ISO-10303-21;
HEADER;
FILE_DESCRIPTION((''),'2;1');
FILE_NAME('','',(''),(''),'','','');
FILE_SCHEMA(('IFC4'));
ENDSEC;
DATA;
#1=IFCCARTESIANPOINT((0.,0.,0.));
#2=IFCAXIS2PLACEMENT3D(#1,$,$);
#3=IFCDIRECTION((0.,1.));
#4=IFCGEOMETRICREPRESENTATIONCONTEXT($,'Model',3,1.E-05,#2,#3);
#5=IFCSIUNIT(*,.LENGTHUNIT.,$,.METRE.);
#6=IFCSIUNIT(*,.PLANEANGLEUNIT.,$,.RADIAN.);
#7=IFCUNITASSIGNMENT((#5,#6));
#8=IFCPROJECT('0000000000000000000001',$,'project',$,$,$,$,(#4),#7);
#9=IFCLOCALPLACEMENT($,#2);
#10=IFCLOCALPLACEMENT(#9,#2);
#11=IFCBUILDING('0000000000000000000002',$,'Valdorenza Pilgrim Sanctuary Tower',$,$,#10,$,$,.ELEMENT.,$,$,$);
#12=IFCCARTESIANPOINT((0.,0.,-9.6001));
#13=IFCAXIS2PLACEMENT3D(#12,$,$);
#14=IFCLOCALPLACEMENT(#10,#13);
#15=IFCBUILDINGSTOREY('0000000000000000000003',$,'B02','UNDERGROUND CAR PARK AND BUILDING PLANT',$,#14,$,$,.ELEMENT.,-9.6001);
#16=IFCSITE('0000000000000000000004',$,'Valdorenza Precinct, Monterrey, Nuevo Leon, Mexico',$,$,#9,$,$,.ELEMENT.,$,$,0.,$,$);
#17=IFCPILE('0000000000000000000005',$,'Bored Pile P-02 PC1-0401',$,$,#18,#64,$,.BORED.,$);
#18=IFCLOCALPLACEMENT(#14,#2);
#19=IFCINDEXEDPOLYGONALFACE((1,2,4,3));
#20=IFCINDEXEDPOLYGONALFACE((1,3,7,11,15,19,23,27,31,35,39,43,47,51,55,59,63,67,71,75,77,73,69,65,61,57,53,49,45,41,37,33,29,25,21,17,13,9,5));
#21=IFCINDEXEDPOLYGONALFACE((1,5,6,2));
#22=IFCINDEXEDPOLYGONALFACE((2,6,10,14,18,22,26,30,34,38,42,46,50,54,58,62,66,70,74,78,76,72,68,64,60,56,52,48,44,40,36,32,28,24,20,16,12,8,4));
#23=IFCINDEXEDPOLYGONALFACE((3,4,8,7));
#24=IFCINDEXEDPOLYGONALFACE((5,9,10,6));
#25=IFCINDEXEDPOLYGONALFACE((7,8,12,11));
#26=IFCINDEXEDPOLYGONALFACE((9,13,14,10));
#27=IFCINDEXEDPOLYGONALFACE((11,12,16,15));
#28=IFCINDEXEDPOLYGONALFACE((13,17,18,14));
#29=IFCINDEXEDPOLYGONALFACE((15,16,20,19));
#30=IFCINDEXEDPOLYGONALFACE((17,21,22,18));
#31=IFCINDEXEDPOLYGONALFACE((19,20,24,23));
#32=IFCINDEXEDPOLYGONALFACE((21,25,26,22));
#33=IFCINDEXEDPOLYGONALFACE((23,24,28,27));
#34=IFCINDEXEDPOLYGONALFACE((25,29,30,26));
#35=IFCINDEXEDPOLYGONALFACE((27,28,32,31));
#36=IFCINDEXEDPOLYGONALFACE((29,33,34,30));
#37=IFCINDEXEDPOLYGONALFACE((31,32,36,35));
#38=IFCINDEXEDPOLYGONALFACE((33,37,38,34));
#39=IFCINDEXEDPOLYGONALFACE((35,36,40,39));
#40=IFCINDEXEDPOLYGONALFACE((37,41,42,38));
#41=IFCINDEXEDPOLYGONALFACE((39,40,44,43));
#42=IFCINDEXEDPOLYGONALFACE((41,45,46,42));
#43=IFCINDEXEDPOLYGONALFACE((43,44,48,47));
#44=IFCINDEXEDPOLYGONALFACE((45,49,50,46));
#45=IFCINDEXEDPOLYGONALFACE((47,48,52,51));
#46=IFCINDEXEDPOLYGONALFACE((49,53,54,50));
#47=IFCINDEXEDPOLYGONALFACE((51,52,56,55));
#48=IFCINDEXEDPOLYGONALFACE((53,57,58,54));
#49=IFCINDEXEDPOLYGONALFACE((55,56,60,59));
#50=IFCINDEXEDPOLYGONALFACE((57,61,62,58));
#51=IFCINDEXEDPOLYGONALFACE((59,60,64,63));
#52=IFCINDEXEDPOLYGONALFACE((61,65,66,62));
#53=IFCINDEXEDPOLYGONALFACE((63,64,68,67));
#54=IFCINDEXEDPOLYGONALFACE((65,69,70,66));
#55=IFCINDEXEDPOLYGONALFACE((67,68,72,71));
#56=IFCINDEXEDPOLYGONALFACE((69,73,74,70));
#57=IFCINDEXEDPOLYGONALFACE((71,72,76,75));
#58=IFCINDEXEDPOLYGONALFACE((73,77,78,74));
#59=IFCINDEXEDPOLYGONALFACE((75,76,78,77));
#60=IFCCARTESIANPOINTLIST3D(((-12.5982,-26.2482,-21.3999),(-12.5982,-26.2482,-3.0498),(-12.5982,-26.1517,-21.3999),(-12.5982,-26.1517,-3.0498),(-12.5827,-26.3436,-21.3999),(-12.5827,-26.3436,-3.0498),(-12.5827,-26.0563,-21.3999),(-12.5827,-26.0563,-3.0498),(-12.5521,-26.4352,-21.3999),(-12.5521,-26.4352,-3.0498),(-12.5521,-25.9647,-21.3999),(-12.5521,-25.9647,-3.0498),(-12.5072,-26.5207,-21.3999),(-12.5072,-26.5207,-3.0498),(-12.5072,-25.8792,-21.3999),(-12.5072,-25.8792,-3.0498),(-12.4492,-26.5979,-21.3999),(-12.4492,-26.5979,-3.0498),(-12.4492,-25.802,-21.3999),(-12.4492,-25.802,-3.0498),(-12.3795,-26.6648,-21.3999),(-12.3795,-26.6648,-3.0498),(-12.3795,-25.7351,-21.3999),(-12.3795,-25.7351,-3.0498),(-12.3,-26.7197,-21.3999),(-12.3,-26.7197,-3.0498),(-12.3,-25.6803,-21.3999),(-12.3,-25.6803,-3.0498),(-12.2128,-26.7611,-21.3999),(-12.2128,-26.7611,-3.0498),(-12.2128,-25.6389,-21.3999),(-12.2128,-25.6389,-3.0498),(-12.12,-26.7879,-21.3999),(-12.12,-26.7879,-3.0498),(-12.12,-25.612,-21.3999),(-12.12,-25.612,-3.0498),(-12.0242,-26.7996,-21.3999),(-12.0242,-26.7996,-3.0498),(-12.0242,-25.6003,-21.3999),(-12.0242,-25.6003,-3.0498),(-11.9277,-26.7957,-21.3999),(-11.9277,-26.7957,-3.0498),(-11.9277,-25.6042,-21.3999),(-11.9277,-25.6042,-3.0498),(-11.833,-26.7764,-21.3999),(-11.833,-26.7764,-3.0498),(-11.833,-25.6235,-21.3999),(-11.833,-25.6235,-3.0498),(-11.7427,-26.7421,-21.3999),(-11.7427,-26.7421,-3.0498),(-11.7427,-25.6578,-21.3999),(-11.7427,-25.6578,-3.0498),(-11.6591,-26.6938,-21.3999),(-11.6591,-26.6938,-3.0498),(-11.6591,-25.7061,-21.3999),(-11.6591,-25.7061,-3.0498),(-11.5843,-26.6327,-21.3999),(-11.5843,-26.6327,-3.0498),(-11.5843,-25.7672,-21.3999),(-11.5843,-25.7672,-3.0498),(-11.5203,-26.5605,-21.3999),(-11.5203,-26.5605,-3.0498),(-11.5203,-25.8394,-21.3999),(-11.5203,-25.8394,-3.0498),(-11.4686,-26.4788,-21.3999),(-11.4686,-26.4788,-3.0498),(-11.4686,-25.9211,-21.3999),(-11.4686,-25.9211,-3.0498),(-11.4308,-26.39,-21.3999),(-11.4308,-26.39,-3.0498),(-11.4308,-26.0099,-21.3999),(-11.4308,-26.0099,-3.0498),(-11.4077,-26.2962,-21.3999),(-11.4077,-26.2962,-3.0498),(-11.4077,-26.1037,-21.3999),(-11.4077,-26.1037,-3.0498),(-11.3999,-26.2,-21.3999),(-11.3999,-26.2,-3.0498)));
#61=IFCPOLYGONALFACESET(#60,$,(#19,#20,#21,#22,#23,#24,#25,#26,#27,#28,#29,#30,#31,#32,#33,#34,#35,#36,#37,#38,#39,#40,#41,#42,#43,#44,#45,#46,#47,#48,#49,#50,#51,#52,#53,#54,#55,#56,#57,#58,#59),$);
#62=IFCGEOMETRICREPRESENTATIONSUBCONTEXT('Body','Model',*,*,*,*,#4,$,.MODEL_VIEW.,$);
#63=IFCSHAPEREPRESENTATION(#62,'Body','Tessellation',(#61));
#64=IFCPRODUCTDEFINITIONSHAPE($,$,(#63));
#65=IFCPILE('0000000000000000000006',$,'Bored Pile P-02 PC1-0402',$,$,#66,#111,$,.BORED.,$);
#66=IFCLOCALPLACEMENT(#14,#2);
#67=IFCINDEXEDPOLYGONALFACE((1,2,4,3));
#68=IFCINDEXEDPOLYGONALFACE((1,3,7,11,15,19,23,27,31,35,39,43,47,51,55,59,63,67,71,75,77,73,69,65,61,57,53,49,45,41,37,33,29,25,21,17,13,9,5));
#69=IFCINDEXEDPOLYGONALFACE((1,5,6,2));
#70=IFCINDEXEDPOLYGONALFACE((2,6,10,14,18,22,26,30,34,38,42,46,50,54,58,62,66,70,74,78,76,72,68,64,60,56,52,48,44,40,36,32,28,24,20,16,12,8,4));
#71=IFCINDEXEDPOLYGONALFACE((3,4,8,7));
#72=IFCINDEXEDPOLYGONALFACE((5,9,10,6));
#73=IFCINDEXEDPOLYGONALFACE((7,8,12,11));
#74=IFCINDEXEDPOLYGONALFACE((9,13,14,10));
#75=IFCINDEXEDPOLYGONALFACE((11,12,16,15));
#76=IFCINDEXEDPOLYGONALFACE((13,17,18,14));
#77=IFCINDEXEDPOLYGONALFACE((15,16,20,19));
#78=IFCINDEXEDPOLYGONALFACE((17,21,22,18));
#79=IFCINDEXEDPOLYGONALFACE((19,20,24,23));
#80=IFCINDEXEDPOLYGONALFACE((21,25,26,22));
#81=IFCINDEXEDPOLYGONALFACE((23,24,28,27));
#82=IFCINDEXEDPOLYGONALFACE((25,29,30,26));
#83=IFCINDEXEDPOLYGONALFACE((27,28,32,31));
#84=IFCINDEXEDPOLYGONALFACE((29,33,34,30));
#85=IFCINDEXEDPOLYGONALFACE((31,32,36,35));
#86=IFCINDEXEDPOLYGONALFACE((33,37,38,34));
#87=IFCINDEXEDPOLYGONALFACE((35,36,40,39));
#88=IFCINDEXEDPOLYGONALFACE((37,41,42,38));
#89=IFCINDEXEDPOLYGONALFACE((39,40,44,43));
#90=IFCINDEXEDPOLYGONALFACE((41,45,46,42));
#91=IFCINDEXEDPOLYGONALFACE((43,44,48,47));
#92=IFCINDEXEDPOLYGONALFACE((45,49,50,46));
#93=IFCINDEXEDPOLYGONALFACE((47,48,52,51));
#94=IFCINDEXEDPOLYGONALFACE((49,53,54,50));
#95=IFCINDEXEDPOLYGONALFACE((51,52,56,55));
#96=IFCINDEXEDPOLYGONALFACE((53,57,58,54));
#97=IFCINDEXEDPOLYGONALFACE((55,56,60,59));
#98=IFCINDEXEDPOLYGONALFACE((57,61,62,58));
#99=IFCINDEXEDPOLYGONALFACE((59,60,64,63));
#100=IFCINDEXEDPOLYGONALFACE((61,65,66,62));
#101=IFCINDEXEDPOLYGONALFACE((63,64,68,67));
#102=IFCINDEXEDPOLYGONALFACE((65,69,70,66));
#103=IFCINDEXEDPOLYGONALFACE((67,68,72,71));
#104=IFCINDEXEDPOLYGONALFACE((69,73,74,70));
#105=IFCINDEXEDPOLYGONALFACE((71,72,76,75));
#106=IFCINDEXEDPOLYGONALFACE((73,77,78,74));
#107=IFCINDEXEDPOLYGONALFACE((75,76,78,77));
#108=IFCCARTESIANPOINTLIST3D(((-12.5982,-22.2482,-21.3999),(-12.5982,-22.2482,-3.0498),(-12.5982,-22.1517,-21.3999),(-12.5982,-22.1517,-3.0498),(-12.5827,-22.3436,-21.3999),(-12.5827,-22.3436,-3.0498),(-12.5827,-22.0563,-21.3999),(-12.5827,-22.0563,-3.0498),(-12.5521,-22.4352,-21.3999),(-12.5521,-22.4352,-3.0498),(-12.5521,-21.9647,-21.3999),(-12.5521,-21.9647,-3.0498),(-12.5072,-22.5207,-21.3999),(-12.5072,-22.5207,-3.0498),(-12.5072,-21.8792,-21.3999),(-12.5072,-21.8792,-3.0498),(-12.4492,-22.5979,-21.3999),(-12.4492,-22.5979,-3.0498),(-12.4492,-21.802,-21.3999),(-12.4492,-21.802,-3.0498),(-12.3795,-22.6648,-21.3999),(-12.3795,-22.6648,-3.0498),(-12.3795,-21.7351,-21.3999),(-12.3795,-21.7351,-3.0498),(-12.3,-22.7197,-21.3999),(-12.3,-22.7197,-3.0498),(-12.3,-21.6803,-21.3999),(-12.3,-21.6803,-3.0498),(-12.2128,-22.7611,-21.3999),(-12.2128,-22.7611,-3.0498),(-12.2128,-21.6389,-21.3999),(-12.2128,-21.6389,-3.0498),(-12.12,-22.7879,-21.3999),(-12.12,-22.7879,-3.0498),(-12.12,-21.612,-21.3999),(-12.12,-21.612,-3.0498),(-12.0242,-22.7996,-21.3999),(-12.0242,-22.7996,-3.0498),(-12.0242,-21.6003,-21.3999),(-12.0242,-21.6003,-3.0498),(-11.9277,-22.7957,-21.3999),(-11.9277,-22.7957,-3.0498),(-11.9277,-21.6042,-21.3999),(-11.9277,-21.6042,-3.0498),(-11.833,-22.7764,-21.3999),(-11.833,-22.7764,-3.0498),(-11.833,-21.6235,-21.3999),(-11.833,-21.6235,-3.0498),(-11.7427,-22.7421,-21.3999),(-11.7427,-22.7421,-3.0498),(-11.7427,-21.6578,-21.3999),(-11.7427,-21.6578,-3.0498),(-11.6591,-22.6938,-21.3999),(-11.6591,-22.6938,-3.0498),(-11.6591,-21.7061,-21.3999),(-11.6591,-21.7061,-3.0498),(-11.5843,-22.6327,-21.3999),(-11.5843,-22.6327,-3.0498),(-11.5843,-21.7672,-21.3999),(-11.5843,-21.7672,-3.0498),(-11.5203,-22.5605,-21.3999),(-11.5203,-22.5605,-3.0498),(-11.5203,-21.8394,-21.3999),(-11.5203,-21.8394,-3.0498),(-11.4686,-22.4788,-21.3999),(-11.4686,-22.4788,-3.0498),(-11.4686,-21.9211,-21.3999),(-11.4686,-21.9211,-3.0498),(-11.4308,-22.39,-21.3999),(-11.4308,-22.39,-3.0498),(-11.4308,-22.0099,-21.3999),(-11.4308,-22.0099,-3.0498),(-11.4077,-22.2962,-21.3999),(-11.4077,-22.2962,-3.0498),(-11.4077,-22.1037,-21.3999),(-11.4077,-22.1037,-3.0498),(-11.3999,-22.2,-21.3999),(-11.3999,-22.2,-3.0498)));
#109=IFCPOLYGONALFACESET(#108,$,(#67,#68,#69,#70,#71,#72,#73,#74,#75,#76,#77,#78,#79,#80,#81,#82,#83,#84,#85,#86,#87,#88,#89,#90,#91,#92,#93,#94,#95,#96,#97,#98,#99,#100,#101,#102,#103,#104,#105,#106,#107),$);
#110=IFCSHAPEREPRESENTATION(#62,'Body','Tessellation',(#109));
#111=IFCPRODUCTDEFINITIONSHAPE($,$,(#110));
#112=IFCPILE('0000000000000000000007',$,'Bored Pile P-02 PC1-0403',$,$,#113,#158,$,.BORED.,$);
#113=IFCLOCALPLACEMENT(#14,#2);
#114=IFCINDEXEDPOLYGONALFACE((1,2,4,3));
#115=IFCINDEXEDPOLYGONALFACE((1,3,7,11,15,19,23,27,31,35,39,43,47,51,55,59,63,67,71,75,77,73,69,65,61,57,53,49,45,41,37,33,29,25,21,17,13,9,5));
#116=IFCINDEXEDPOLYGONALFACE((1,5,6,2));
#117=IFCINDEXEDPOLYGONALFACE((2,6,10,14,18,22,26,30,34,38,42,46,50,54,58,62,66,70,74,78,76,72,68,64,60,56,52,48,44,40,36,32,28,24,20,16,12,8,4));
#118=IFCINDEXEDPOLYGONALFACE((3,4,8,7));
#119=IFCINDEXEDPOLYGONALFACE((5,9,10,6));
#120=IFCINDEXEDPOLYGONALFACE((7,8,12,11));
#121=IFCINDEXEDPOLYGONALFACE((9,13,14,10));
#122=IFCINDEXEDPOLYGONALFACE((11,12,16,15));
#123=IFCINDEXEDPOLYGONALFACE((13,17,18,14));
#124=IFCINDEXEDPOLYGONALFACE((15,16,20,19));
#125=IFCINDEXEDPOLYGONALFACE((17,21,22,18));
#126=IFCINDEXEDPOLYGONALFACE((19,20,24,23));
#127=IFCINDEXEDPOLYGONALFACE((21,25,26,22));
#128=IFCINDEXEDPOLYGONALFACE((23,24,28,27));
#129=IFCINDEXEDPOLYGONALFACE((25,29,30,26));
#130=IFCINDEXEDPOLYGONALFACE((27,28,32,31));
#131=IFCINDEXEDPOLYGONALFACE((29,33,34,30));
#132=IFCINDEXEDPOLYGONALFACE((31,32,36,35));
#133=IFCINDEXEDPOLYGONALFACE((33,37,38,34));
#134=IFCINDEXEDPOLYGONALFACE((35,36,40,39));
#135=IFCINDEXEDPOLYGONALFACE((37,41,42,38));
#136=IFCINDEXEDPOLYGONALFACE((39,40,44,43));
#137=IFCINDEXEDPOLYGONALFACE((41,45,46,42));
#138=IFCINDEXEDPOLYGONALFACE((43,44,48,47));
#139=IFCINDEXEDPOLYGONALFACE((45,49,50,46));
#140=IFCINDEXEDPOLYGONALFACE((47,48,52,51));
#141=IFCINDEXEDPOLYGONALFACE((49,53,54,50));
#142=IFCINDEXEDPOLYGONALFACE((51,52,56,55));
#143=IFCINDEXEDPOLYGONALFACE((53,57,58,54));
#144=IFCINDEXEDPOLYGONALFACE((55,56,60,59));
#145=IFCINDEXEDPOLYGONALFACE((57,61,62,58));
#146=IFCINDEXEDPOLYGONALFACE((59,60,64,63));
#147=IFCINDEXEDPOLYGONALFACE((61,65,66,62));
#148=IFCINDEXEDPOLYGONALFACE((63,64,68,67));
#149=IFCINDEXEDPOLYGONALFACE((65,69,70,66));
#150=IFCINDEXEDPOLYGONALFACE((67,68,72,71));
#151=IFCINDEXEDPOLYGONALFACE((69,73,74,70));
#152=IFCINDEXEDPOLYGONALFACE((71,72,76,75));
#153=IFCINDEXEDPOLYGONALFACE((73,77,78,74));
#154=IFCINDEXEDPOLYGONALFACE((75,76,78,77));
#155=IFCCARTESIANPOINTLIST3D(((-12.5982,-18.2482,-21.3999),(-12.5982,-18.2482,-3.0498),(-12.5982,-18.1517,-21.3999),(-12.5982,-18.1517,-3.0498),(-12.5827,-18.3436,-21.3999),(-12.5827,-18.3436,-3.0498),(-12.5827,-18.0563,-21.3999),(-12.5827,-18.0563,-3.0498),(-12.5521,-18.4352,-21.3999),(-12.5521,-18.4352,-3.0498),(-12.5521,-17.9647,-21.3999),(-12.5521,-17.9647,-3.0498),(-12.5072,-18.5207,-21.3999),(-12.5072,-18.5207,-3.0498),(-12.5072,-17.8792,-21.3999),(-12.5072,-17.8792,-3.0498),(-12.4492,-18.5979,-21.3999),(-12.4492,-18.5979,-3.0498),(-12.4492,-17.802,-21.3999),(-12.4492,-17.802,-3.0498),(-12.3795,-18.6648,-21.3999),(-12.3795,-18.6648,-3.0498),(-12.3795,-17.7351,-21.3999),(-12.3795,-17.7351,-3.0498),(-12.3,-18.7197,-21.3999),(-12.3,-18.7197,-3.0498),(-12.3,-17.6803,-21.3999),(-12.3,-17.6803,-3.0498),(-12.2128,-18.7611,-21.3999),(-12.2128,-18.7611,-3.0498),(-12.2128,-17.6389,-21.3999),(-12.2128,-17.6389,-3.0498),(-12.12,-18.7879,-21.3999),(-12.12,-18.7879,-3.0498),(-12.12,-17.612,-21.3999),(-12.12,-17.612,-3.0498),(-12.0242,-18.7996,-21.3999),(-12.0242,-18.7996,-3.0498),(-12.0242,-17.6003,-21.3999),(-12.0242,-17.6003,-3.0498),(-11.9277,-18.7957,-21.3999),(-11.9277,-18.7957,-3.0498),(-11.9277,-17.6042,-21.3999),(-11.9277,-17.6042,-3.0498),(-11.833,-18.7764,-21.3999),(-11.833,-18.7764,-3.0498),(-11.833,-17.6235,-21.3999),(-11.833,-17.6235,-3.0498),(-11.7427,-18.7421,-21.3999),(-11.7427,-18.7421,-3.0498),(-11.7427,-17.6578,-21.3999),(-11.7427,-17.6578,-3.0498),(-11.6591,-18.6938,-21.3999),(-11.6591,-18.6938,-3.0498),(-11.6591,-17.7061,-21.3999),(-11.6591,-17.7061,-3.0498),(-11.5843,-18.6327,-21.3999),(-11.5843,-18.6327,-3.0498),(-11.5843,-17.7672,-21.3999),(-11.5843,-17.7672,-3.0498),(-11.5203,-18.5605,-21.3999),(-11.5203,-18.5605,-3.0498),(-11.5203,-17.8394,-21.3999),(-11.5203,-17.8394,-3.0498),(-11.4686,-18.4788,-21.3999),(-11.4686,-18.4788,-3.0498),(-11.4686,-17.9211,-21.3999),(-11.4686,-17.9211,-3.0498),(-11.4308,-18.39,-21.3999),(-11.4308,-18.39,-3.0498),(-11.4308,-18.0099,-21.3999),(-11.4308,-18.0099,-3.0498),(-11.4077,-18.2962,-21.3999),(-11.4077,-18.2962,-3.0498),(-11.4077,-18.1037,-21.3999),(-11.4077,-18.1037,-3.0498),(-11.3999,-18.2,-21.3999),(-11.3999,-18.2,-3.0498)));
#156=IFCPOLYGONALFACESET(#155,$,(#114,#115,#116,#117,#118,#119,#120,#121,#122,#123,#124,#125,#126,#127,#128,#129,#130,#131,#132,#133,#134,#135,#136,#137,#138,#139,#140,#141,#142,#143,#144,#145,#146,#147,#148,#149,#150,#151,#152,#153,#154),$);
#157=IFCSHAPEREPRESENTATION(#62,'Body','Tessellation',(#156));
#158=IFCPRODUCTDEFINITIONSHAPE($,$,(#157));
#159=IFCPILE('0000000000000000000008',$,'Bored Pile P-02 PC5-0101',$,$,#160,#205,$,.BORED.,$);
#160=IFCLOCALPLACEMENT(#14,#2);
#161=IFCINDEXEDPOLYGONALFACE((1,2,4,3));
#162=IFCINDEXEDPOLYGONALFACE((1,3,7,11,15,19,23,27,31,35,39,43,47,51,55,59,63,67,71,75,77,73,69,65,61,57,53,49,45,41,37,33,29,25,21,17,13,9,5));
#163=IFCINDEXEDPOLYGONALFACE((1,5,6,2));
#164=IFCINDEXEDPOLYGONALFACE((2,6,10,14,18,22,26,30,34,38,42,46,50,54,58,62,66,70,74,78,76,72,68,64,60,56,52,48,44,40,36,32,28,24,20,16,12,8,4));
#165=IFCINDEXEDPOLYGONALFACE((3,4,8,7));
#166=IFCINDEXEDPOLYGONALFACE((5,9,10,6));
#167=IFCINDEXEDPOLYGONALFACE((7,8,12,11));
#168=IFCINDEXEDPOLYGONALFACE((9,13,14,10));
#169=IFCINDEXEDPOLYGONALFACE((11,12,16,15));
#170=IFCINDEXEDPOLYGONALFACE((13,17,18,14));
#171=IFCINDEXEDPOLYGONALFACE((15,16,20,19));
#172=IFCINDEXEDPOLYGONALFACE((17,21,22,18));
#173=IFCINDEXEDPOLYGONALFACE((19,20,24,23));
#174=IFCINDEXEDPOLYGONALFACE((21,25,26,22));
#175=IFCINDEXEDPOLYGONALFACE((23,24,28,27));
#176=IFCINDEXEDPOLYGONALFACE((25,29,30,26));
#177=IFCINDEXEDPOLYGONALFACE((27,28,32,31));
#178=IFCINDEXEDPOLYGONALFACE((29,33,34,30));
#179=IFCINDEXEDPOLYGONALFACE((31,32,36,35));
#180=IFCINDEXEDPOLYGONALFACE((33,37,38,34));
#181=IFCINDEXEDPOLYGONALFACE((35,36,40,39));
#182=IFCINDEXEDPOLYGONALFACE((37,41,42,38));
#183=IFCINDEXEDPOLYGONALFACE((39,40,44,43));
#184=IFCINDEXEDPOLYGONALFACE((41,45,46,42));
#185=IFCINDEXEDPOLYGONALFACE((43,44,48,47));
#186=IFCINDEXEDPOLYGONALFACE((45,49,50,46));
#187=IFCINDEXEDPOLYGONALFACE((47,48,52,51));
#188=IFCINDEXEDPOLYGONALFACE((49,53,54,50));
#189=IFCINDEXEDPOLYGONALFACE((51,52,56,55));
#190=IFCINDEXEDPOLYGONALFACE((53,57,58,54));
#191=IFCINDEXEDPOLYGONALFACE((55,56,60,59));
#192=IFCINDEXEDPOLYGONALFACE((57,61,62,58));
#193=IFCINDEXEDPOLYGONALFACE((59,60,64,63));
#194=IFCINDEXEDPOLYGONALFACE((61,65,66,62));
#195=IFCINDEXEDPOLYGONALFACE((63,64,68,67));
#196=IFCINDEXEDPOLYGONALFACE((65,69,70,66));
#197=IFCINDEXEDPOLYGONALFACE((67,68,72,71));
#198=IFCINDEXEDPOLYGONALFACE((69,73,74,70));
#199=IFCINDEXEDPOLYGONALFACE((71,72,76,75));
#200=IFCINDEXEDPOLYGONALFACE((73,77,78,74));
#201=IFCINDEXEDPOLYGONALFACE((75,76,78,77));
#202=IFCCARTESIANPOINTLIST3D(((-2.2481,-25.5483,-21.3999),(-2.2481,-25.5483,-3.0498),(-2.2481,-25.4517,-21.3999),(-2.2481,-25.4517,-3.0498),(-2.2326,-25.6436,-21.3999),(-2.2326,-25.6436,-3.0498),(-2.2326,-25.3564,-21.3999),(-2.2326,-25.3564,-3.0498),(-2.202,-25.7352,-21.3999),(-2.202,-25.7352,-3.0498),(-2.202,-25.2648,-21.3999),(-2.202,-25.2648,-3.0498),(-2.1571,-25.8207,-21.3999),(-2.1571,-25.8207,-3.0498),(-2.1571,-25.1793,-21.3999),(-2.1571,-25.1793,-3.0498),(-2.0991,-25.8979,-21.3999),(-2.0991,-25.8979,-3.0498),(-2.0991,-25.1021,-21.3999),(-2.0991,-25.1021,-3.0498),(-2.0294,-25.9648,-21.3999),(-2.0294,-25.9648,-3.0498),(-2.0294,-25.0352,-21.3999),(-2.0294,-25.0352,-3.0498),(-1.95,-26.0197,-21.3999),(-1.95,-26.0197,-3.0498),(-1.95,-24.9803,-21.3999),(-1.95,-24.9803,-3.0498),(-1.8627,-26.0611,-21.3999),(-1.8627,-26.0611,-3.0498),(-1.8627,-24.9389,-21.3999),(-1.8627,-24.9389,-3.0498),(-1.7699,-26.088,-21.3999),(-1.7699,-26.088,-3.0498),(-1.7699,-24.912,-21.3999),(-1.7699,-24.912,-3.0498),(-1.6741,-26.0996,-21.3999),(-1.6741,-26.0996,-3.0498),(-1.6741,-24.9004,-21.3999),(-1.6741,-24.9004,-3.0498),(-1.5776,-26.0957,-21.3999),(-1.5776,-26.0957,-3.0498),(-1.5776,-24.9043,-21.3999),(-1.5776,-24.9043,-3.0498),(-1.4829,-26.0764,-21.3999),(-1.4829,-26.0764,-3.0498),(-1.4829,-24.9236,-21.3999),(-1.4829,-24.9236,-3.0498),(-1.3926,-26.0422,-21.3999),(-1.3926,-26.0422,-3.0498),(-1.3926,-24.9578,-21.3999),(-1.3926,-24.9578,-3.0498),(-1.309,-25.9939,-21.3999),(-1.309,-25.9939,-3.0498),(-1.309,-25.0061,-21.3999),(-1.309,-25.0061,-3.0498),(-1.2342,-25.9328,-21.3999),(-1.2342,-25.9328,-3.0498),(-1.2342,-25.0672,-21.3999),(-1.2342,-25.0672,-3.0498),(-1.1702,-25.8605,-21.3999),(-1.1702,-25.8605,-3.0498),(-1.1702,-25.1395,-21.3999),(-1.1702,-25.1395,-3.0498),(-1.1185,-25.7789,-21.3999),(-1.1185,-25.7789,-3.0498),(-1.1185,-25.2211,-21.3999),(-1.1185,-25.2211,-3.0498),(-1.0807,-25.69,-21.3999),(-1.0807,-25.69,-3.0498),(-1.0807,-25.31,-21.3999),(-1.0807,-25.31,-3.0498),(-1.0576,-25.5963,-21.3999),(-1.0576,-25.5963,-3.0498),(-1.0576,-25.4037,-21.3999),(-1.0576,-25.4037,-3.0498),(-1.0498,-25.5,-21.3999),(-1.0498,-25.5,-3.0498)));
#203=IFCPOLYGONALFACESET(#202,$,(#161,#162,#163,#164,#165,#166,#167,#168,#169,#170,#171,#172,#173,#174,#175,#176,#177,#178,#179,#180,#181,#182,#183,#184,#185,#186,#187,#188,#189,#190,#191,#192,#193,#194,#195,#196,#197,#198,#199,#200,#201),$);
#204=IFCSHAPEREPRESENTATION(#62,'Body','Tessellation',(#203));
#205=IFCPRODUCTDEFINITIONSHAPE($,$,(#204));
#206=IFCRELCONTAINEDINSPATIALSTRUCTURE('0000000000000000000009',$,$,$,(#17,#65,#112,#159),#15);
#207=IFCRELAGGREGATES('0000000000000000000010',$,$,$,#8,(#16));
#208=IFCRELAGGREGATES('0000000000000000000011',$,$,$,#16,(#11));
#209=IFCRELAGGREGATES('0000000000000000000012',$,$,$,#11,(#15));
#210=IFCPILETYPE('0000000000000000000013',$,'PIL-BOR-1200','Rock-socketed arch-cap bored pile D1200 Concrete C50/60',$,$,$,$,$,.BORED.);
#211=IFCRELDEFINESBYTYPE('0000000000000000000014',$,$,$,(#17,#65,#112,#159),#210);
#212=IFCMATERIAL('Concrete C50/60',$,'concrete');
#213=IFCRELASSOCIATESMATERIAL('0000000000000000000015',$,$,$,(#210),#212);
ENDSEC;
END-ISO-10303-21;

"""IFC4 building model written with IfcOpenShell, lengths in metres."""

from ifc_helpers import new_model, si_unit, direction, frame, origin, origin_2d, place, context, subcontext, project, spatial, circle, extrude, source, transform, mapped, material, material_profile, profile_set, type_object, element, save


model = new_model("IFC4")

# Units and contexts
model_context = context("Model", 3, precision=1e-05, world=origin(), true_north=direction((0.0, 1.0)))
body_context = subcontext(model_context, "Body", "Model", "MODEL_VIEW")
ifc_project = project(units=[si_unit("LENGTHUNIT", "METRE"), si_unit("PLANEANGLEUNIT", "RADIAN")], contexts=[model_context])

# Site, building, storey
site_placement = place(None, origin())
site = spatial("IfcSite", under=ifc_project, at=site_placement, Name="Valdorenza Precinct, Monterrey, Nuevo Leon, Mexico", CompositionType="ELEMENT", RefElevation=0.0)
building_placement = place(site_placement, origin())
building = spatial("IfcBuilding", under=site, at=building_placement, Name="Valdorenza Pilgrim Sanctuary Tower", CompositionType="ELEMENT")
storey_placement = place(building_placement, frame((0.0, 0.0, -9.6001)))
storey = spatial("IfcBuildingStorey", under=building, at=storey_placement, Name="B02", Description="UNDERGROUND CAR PARK AND BUILDING PLANT", CompositionType="ELEMENT", Elevation=-9.6001)

# Shared definitions
ifc_material_1 = material(Name="Concrete C50/60", Category="concrete")

# Piles
ifc_material_profile_1 = material_profile(ifc_material_1, circle(Radius=0.6001, at=origin_2d()), Name="BORED PILE 1200")
ifc_profile_set_1 = profile_set([ifc_material_profile_1], Name="Concrete C50/60")
pile_type_1 = type_object("IfcPileType", Name="PIL-BOR-1200", Description="Rock-socketed arch-cap bored pile D1200 Concrete C50/60", PredefinedType="BORED", material=ifc_profile_set_1)
shared_shape_1 = source(origin(), body_context, "Body", "SweptSolid", [
    extrude(circle(Radius=0.6001, at=origin_2d()), origin(), (0.0, 0.0, 1.0), 18.3501),
])
for number, where, z_axis, x_axis, name in (
    (1, (-12.0, -26.2, -3.0498), (0.0, 0.0, -1.0), (1.0, 0.0, 0.0), "Bored Pile P-02 PC1-0401"),
    (2, (-12.0, -22.2, -3.0498), (0.0, 0.0, -1.0), (1.0, 0.0, 0.0), "Bored Pile P-02 PC1-0402"),
    (3, (-12.0, -18.2, -3.0498), (0.0, 0.0, -1.0), (1.0, 0.0, 0.0), "Bored Pile P-02 PC1-0403"),
    (4, (-1.6499, -25.5, -3.0498), (0.0, 0.0, -1.0), (1.0, 0.0, 0.0), "Bored Pile P-02 PC5-0101"),
):
    element("IfcPile", number, at=place(storey_placement, frame(where, z_axis=z_axis, x_axis=x_axis)), inside=storey, type_object=pile_type_1, Name=name, PredefinedType="BORED", context=body_context, shape_type="MappedRepresentation", body=[
        mapped(shared_shape_1, transform((0.0, 0.0, 0.0), x_axis=(1.0, 0.0, 0.0), y_axis=(0.0, 1.0, 0.0), z_axis=(0.0, 0.0, 1.0), scale=1.0)),
    ])

save(model, "model.ifc")
